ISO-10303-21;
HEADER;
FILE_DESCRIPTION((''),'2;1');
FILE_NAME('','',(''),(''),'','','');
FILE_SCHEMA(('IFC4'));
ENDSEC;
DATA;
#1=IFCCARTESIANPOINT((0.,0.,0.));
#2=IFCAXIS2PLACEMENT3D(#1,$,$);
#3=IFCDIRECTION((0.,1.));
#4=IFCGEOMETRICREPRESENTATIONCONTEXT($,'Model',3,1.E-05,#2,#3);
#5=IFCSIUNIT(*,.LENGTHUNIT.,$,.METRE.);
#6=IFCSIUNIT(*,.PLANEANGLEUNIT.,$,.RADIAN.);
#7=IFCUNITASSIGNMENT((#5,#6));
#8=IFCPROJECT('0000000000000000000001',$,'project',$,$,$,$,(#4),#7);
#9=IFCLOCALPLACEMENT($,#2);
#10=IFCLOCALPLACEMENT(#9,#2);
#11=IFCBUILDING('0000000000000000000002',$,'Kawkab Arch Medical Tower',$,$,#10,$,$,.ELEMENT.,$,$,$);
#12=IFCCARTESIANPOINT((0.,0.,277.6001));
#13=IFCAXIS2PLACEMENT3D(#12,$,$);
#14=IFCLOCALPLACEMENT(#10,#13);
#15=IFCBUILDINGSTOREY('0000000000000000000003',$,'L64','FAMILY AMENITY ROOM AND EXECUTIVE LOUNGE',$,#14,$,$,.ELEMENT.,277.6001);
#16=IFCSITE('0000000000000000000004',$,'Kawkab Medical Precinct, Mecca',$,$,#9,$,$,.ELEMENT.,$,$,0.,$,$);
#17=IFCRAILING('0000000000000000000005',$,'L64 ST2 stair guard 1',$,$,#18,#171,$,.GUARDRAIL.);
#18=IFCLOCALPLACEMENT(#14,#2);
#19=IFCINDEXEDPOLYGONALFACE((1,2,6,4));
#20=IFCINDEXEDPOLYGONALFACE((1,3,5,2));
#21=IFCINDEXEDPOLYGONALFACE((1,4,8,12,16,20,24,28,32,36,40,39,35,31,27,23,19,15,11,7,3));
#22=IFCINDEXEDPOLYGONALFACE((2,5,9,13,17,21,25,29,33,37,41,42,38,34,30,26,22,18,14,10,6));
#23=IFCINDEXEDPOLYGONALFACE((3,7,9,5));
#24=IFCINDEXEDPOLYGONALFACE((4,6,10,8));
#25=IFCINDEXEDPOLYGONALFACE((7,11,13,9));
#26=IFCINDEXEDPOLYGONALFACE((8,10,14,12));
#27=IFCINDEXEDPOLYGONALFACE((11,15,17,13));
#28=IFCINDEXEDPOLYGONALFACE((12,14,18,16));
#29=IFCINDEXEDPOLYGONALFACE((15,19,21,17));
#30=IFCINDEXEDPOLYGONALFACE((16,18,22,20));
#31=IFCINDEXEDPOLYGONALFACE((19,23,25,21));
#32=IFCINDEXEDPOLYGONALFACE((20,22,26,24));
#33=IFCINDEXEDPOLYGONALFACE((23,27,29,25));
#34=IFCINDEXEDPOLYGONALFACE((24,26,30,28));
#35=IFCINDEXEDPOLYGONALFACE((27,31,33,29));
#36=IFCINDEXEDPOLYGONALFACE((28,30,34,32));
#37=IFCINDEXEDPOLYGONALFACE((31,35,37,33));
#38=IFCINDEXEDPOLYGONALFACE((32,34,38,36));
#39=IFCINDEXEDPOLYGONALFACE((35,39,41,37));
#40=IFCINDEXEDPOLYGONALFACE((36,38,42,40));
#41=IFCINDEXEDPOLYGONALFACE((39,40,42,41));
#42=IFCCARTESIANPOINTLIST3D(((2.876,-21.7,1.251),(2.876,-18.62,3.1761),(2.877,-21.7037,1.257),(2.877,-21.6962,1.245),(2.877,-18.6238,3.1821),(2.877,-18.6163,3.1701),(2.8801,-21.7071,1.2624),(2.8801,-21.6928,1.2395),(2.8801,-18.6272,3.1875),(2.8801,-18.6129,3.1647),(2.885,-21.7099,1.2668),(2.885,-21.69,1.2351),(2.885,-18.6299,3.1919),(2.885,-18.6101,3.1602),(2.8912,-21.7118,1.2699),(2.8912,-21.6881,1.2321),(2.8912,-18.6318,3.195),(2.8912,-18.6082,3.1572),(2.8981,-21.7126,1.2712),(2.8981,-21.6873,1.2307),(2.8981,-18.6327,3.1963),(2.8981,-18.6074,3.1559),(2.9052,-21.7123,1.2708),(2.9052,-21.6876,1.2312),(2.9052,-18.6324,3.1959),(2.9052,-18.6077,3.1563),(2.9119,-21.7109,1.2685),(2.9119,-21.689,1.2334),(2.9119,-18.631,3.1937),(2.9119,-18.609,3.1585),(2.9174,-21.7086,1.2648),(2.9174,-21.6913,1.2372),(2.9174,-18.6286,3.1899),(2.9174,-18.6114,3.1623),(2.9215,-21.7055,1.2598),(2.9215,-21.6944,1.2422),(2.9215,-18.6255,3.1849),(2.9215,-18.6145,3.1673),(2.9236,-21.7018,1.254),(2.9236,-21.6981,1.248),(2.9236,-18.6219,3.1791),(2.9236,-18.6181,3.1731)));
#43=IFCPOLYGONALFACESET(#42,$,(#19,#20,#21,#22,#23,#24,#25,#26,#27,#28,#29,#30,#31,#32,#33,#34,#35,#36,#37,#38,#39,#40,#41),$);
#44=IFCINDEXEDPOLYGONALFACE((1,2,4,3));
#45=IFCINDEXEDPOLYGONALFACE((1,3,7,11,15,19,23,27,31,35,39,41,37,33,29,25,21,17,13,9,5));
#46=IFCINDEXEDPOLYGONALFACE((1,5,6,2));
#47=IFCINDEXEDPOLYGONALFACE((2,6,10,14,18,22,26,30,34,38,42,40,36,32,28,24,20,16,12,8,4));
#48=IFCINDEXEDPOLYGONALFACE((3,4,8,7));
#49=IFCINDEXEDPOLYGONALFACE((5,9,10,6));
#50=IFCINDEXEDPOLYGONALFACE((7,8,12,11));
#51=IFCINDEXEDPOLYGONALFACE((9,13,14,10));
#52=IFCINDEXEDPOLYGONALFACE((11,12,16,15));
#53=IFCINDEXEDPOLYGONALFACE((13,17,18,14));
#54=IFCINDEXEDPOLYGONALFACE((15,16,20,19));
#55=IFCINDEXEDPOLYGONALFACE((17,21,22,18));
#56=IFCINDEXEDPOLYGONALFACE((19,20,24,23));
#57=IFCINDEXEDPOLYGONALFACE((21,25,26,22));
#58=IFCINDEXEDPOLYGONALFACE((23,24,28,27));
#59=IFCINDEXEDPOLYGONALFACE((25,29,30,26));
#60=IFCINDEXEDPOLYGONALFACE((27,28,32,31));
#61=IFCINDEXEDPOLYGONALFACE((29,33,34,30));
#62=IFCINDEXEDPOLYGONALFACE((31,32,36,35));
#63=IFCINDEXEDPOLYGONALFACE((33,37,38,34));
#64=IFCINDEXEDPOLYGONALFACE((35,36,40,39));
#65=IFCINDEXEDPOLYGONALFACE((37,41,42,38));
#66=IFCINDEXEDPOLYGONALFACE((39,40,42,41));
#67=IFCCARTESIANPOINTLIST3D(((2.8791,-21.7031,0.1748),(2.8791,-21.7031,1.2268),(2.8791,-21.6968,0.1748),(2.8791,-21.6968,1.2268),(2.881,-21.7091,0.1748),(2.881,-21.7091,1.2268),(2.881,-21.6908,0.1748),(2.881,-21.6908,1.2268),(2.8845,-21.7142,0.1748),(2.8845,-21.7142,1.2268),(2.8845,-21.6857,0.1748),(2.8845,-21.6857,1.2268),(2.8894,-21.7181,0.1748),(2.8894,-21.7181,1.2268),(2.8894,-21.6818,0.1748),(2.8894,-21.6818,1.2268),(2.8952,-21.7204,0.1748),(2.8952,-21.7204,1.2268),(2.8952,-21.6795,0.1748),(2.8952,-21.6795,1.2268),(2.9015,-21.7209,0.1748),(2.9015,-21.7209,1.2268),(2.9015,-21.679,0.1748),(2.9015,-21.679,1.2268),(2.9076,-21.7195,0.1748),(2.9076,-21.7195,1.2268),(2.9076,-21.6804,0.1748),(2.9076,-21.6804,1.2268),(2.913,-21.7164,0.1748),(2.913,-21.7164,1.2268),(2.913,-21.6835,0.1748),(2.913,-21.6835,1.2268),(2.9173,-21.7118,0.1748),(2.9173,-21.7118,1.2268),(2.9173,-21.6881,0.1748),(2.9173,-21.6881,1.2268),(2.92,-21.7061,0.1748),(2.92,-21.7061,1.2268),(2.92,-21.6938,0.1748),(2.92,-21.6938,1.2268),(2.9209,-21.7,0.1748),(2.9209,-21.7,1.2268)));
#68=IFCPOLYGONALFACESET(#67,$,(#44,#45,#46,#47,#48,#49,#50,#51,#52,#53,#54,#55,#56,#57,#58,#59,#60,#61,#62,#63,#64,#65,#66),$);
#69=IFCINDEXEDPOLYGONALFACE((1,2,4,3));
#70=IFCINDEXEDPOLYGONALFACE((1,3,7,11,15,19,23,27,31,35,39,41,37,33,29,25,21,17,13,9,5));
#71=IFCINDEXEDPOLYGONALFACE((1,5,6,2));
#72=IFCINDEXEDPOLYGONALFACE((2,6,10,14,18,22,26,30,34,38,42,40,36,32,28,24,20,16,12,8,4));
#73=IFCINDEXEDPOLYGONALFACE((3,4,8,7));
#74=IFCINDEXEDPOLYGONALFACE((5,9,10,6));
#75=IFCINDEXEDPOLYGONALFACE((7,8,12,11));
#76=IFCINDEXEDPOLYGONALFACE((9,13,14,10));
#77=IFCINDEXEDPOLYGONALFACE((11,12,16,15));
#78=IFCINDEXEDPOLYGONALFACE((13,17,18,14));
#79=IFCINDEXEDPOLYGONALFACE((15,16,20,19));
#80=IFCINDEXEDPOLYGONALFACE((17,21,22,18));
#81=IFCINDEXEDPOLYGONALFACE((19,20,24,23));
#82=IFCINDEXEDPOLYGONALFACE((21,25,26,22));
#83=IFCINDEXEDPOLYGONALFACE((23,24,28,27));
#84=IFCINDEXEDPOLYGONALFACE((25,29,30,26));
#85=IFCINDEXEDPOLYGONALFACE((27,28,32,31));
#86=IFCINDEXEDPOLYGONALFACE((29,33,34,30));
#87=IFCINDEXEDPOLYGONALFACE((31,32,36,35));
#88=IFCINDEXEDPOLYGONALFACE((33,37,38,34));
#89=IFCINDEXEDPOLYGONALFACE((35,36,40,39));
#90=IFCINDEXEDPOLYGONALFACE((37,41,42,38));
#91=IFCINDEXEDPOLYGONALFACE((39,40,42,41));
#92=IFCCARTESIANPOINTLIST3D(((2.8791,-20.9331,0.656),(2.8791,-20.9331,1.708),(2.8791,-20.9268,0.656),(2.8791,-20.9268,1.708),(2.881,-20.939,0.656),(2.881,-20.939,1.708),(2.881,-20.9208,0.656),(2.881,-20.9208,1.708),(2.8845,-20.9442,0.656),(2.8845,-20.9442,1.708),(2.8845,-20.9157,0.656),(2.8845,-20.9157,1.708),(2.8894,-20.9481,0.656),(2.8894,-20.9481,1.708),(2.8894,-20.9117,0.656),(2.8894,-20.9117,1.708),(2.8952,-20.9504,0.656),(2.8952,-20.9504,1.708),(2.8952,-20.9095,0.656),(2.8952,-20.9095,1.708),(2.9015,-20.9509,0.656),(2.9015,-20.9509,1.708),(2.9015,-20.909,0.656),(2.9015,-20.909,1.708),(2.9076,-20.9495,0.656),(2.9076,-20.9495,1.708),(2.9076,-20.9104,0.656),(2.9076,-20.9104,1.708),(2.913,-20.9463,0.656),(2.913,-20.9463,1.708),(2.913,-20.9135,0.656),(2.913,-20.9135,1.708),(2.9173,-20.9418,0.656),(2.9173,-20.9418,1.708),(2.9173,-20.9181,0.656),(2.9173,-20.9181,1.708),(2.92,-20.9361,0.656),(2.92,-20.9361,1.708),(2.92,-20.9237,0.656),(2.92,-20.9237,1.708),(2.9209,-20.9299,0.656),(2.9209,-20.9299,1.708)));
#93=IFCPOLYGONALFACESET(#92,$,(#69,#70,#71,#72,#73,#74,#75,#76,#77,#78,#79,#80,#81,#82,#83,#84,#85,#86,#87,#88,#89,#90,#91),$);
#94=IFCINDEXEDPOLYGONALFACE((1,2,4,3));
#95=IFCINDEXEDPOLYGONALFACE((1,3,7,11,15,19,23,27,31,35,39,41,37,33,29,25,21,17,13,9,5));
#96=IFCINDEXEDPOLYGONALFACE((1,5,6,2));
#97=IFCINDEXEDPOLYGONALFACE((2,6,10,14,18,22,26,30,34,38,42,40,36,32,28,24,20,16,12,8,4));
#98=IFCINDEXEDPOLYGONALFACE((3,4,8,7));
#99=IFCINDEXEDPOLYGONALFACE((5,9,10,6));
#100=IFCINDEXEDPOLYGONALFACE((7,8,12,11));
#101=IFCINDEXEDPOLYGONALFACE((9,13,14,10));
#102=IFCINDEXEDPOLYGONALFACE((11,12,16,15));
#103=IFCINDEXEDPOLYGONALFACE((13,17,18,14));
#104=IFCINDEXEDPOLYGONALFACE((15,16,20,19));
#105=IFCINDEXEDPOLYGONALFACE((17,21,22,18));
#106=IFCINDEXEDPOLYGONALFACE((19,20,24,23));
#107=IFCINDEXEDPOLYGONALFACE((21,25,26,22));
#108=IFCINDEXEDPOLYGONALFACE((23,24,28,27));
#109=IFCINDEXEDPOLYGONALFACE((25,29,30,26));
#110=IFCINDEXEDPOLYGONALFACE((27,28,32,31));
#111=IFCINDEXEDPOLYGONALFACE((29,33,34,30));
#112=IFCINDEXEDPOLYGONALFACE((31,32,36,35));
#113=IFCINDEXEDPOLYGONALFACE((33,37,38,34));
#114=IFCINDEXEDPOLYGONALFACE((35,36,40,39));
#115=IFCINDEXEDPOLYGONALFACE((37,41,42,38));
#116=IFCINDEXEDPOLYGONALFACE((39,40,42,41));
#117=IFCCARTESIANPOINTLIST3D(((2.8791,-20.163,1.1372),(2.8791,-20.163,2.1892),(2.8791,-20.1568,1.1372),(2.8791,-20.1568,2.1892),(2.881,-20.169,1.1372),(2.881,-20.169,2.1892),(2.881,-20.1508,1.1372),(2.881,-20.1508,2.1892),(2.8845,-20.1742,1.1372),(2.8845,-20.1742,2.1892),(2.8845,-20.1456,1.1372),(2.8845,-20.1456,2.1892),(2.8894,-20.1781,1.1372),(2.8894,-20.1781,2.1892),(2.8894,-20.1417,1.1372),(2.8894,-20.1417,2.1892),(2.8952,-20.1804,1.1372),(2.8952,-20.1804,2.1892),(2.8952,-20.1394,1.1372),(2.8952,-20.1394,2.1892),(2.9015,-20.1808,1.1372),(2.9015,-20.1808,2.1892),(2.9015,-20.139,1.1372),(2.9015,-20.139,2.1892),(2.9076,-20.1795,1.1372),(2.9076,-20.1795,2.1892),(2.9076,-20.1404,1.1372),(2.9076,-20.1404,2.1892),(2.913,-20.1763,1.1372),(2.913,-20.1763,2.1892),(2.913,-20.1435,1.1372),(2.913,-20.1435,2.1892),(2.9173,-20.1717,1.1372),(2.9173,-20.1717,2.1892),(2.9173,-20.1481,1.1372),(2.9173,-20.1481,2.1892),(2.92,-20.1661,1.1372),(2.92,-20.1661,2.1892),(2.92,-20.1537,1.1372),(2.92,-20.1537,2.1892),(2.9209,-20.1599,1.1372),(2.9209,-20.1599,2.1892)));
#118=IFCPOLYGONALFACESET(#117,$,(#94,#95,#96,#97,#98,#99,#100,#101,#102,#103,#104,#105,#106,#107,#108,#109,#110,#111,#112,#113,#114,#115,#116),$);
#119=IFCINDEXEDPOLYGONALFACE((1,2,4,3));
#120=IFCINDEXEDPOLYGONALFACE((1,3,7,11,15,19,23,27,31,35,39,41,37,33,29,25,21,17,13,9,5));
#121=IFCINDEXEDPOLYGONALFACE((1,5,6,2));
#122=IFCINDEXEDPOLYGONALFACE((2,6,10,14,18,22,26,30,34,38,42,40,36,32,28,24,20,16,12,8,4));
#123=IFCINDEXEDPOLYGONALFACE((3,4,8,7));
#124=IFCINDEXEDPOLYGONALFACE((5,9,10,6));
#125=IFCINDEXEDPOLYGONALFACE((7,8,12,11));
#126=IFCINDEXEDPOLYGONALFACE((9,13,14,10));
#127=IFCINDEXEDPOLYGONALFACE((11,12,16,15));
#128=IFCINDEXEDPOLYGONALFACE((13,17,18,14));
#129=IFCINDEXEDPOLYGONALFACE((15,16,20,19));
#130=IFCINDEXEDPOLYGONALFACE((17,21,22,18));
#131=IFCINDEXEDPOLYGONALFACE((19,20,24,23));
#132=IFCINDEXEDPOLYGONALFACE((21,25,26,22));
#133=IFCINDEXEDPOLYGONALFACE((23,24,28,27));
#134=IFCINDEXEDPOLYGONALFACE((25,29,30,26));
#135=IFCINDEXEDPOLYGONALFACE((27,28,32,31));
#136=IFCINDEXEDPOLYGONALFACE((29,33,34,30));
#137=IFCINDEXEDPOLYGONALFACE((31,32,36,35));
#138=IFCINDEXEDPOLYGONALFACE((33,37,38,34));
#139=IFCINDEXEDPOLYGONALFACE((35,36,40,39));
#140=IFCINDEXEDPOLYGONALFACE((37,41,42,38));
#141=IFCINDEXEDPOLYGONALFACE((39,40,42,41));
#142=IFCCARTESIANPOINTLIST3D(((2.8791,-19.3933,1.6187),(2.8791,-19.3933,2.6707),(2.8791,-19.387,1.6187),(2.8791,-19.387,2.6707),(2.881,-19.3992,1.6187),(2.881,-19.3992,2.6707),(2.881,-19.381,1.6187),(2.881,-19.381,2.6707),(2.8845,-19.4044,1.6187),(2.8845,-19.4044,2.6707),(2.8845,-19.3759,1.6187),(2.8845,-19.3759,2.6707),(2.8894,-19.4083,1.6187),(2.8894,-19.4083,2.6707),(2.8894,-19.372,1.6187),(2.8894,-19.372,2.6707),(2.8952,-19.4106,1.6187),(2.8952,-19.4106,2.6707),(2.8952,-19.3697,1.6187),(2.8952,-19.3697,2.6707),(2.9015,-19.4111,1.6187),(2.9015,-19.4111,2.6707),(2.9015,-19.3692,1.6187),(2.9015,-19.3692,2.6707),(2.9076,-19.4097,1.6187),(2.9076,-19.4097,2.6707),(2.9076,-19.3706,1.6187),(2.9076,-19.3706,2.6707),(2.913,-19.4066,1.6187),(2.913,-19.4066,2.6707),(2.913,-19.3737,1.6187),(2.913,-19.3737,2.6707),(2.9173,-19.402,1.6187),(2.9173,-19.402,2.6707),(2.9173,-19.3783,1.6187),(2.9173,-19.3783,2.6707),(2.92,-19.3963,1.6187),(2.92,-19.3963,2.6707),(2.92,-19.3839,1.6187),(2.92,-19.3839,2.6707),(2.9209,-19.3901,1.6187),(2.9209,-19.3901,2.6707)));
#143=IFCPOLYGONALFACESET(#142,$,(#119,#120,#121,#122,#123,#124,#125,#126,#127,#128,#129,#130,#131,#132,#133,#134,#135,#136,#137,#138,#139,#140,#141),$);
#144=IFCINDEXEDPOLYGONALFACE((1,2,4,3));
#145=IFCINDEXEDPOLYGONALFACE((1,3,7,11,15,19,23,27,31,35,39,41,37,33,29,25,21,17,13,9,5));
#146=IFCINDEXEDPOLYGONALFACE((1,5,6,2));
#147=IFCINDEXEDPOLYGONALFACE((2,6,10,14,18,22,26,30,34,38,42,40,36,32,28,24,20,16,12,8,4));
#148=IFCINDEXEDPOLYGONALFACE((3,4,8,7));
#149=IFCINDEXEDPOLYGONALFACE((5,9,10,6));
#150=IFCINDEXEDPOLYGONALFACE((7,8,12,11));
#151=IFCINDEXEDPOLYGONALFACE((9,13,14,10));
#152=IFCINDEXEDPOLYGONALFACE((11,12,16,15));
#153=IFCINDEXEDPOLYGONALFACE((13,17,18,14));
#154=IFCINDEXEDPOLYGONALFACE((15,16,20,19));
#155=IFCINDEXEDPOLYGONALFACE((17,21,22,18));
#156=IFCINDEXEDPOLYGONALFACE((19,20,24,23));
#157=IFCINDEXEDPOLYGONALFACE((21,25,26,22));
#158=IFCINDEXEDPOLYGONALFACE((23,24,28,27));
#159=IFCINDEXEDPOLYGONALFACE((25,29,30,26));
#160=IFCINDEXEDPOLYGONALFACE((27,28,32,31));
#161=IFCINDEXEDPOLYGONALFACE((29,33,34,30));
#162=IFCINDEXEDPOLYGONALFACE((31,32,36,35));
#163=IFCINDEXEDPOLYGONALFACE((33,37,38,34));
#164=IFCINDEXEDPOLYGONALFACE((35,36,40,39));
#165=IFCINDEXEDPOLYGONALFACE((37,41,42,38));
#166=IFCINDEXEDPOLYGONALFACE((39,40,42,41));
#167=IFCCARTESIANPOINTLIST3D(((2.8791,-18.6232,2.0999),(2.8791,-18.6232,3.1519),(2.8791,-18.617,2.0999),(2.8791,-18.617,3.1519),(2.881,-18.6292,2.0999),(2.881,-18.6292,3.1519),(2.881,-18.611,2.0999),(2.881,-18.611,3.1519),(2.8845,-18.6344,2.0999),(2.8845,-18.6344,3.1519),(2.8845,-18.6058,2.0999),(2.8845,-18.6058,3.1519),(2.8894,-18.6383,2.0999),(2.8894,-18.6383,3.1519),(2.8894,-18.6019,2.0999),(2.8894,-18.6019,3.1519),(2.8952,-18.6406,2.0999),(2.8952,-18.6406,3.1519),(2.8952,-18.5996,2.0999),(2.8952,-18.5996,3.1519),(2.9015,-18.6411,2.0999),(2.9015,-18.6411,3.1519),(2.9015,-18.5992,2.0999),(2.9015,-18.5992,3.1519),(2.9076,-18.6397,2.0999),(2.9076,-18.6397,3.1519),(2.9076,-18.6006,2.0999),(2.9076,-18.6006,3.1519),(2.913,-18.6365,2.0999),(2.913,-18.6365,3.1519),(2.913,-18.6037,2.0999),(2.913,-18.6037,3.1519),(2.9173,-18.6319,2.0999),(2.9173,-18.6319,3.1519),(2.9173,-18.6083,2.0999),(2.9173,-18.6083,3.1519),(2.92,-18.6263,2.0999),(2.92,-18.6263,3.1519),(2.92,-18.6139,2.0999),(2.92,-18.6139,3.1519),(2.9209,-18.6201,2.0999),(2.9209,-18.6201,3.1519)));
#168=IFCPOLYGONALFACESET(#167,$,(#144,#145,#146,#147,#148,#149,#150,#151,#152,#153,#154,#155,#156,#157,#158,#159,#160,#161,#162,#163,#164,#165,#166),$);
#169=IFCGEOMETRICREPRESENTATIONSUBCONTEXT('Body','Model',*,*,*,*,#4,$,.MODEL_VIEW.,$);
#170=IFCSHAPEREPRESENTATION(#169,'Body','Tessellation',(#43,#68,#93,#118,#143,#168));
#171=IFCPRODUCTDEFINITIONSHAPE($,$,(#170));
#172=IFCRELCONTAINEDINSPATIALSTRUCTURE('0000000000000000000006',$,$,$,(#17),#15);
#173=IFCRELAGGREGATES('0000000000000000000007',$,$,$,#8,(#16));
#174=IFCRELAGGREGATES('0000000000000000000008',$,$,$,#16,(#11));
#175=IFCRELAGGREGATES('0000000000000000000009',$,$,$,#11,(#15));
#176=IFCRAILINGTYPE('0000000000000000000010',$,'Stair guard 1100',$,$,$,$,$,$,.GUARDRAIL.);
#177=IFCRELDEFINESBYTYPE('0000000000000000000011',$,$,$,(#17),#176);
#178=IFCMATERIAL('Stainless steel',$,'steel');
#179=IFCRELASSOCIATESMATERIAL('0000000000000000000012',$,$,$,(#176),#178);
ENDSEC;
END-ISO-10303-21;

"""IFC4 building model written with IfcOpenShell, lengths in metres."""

from ifc_helpers import new_model, si_unit, direction, frame, origin, origin_2d, place, context, subcontext, project, spatial, circle, extrude, material, type_object, element, save


model = new_model("IFC4")

# Units and contexts
model_context = context("Model", 3, precision=1e-05, world=origin(), true_north=direction((0.0, 1.0)))
body_context = subcontext(model_context, "Body", "Model", "MODEL_VIEW")
ifc_project = project(units=[si_unit("LENGTHUNIT", "METRE"), si_unit("PLANEANGLEUNIT", "RADIAN")], contexts=[model_context])

# Site, building, storey
site_placement = place(None, origin())
site = spatial("IfcSite", under=ifc_project, at=site_placement, Name="Kawkab Medical Precinct, Mecca", CompositionType="ELEMENT", RefElevation=0.0)
building_placement = place(site_placement, origin())
building = spatial("IfcBuilding", under=site, at=building_placement, Name="Kawkab Arch Medical Tower", CompositionType="ELEMENT")
storey_placement = place(building_placement, frame((0.0, 0.0, 277.6001)))
storey = spatial("IfcBuildingStorey", under=building, at=storey_placement, Name="L64", Description="FAMILY AMENITY ROOM AND EXECUTIVE LOUNGE", CompositionType="ELEMENT", Elevation=277.6001)

# Railing
ifc_material_1 = material(Name="Stainless steel", Category="steel")
railing_type = type_object("IfcRailingType", Name="Stair guard 1100", PredefinedType="GUARDRAIL", material=ifc_material_1)
railing_1_placement = place(storey_placement, frame((2.8999, -21.7, 0.1748)))
element("IfcRailing", 1, at=railing_1_placement, inside=storey, type_object=railing_type, Name="L64 ST2 stair guard 1", PredefinedType="GUARDRAIL", context=body_context, shape_type="SweptSolid", body=[
    extrude(circle(Radius=0.0239, at=origin_2d()), frame((0.0, 0.0, 1.0762), z_axis=(0.0, 0.847979, 0.530029), x_axis=(-1.0, 0.0, 0.0)), (0.0, 0.0, 1.0), 3.6321),
    extrude(circle(Radius=0.021, at=origin_2d()), origin(), (0.0, 0.0, 1.0), 1.052),
    extrude(circle(Radius=0.021, at=origin_2d()), frame((0.0, 0.77, 0.4812)), (0.0, 0.0, 1.0), 1.052),
    extrude(circle(Radius=0.021, at=origin_2d()), frame((0.0, 1.54, 0.9624)), (0.0, 0.0, 1.0), 1.052),
    extrude(circle(Radius=0.021, at=origin_2d()), frame((0.0, 2.3098, 1.4438)), (0.0, 0.0, 1.0), 1.052),
    extrude(circle(Radius=0.021, at=origin_2d()), frame((0.0, 3.0798, 1.925)), (0.0, 0.0, 1.0), 1.052),
])

save(model, "model.ifc")
